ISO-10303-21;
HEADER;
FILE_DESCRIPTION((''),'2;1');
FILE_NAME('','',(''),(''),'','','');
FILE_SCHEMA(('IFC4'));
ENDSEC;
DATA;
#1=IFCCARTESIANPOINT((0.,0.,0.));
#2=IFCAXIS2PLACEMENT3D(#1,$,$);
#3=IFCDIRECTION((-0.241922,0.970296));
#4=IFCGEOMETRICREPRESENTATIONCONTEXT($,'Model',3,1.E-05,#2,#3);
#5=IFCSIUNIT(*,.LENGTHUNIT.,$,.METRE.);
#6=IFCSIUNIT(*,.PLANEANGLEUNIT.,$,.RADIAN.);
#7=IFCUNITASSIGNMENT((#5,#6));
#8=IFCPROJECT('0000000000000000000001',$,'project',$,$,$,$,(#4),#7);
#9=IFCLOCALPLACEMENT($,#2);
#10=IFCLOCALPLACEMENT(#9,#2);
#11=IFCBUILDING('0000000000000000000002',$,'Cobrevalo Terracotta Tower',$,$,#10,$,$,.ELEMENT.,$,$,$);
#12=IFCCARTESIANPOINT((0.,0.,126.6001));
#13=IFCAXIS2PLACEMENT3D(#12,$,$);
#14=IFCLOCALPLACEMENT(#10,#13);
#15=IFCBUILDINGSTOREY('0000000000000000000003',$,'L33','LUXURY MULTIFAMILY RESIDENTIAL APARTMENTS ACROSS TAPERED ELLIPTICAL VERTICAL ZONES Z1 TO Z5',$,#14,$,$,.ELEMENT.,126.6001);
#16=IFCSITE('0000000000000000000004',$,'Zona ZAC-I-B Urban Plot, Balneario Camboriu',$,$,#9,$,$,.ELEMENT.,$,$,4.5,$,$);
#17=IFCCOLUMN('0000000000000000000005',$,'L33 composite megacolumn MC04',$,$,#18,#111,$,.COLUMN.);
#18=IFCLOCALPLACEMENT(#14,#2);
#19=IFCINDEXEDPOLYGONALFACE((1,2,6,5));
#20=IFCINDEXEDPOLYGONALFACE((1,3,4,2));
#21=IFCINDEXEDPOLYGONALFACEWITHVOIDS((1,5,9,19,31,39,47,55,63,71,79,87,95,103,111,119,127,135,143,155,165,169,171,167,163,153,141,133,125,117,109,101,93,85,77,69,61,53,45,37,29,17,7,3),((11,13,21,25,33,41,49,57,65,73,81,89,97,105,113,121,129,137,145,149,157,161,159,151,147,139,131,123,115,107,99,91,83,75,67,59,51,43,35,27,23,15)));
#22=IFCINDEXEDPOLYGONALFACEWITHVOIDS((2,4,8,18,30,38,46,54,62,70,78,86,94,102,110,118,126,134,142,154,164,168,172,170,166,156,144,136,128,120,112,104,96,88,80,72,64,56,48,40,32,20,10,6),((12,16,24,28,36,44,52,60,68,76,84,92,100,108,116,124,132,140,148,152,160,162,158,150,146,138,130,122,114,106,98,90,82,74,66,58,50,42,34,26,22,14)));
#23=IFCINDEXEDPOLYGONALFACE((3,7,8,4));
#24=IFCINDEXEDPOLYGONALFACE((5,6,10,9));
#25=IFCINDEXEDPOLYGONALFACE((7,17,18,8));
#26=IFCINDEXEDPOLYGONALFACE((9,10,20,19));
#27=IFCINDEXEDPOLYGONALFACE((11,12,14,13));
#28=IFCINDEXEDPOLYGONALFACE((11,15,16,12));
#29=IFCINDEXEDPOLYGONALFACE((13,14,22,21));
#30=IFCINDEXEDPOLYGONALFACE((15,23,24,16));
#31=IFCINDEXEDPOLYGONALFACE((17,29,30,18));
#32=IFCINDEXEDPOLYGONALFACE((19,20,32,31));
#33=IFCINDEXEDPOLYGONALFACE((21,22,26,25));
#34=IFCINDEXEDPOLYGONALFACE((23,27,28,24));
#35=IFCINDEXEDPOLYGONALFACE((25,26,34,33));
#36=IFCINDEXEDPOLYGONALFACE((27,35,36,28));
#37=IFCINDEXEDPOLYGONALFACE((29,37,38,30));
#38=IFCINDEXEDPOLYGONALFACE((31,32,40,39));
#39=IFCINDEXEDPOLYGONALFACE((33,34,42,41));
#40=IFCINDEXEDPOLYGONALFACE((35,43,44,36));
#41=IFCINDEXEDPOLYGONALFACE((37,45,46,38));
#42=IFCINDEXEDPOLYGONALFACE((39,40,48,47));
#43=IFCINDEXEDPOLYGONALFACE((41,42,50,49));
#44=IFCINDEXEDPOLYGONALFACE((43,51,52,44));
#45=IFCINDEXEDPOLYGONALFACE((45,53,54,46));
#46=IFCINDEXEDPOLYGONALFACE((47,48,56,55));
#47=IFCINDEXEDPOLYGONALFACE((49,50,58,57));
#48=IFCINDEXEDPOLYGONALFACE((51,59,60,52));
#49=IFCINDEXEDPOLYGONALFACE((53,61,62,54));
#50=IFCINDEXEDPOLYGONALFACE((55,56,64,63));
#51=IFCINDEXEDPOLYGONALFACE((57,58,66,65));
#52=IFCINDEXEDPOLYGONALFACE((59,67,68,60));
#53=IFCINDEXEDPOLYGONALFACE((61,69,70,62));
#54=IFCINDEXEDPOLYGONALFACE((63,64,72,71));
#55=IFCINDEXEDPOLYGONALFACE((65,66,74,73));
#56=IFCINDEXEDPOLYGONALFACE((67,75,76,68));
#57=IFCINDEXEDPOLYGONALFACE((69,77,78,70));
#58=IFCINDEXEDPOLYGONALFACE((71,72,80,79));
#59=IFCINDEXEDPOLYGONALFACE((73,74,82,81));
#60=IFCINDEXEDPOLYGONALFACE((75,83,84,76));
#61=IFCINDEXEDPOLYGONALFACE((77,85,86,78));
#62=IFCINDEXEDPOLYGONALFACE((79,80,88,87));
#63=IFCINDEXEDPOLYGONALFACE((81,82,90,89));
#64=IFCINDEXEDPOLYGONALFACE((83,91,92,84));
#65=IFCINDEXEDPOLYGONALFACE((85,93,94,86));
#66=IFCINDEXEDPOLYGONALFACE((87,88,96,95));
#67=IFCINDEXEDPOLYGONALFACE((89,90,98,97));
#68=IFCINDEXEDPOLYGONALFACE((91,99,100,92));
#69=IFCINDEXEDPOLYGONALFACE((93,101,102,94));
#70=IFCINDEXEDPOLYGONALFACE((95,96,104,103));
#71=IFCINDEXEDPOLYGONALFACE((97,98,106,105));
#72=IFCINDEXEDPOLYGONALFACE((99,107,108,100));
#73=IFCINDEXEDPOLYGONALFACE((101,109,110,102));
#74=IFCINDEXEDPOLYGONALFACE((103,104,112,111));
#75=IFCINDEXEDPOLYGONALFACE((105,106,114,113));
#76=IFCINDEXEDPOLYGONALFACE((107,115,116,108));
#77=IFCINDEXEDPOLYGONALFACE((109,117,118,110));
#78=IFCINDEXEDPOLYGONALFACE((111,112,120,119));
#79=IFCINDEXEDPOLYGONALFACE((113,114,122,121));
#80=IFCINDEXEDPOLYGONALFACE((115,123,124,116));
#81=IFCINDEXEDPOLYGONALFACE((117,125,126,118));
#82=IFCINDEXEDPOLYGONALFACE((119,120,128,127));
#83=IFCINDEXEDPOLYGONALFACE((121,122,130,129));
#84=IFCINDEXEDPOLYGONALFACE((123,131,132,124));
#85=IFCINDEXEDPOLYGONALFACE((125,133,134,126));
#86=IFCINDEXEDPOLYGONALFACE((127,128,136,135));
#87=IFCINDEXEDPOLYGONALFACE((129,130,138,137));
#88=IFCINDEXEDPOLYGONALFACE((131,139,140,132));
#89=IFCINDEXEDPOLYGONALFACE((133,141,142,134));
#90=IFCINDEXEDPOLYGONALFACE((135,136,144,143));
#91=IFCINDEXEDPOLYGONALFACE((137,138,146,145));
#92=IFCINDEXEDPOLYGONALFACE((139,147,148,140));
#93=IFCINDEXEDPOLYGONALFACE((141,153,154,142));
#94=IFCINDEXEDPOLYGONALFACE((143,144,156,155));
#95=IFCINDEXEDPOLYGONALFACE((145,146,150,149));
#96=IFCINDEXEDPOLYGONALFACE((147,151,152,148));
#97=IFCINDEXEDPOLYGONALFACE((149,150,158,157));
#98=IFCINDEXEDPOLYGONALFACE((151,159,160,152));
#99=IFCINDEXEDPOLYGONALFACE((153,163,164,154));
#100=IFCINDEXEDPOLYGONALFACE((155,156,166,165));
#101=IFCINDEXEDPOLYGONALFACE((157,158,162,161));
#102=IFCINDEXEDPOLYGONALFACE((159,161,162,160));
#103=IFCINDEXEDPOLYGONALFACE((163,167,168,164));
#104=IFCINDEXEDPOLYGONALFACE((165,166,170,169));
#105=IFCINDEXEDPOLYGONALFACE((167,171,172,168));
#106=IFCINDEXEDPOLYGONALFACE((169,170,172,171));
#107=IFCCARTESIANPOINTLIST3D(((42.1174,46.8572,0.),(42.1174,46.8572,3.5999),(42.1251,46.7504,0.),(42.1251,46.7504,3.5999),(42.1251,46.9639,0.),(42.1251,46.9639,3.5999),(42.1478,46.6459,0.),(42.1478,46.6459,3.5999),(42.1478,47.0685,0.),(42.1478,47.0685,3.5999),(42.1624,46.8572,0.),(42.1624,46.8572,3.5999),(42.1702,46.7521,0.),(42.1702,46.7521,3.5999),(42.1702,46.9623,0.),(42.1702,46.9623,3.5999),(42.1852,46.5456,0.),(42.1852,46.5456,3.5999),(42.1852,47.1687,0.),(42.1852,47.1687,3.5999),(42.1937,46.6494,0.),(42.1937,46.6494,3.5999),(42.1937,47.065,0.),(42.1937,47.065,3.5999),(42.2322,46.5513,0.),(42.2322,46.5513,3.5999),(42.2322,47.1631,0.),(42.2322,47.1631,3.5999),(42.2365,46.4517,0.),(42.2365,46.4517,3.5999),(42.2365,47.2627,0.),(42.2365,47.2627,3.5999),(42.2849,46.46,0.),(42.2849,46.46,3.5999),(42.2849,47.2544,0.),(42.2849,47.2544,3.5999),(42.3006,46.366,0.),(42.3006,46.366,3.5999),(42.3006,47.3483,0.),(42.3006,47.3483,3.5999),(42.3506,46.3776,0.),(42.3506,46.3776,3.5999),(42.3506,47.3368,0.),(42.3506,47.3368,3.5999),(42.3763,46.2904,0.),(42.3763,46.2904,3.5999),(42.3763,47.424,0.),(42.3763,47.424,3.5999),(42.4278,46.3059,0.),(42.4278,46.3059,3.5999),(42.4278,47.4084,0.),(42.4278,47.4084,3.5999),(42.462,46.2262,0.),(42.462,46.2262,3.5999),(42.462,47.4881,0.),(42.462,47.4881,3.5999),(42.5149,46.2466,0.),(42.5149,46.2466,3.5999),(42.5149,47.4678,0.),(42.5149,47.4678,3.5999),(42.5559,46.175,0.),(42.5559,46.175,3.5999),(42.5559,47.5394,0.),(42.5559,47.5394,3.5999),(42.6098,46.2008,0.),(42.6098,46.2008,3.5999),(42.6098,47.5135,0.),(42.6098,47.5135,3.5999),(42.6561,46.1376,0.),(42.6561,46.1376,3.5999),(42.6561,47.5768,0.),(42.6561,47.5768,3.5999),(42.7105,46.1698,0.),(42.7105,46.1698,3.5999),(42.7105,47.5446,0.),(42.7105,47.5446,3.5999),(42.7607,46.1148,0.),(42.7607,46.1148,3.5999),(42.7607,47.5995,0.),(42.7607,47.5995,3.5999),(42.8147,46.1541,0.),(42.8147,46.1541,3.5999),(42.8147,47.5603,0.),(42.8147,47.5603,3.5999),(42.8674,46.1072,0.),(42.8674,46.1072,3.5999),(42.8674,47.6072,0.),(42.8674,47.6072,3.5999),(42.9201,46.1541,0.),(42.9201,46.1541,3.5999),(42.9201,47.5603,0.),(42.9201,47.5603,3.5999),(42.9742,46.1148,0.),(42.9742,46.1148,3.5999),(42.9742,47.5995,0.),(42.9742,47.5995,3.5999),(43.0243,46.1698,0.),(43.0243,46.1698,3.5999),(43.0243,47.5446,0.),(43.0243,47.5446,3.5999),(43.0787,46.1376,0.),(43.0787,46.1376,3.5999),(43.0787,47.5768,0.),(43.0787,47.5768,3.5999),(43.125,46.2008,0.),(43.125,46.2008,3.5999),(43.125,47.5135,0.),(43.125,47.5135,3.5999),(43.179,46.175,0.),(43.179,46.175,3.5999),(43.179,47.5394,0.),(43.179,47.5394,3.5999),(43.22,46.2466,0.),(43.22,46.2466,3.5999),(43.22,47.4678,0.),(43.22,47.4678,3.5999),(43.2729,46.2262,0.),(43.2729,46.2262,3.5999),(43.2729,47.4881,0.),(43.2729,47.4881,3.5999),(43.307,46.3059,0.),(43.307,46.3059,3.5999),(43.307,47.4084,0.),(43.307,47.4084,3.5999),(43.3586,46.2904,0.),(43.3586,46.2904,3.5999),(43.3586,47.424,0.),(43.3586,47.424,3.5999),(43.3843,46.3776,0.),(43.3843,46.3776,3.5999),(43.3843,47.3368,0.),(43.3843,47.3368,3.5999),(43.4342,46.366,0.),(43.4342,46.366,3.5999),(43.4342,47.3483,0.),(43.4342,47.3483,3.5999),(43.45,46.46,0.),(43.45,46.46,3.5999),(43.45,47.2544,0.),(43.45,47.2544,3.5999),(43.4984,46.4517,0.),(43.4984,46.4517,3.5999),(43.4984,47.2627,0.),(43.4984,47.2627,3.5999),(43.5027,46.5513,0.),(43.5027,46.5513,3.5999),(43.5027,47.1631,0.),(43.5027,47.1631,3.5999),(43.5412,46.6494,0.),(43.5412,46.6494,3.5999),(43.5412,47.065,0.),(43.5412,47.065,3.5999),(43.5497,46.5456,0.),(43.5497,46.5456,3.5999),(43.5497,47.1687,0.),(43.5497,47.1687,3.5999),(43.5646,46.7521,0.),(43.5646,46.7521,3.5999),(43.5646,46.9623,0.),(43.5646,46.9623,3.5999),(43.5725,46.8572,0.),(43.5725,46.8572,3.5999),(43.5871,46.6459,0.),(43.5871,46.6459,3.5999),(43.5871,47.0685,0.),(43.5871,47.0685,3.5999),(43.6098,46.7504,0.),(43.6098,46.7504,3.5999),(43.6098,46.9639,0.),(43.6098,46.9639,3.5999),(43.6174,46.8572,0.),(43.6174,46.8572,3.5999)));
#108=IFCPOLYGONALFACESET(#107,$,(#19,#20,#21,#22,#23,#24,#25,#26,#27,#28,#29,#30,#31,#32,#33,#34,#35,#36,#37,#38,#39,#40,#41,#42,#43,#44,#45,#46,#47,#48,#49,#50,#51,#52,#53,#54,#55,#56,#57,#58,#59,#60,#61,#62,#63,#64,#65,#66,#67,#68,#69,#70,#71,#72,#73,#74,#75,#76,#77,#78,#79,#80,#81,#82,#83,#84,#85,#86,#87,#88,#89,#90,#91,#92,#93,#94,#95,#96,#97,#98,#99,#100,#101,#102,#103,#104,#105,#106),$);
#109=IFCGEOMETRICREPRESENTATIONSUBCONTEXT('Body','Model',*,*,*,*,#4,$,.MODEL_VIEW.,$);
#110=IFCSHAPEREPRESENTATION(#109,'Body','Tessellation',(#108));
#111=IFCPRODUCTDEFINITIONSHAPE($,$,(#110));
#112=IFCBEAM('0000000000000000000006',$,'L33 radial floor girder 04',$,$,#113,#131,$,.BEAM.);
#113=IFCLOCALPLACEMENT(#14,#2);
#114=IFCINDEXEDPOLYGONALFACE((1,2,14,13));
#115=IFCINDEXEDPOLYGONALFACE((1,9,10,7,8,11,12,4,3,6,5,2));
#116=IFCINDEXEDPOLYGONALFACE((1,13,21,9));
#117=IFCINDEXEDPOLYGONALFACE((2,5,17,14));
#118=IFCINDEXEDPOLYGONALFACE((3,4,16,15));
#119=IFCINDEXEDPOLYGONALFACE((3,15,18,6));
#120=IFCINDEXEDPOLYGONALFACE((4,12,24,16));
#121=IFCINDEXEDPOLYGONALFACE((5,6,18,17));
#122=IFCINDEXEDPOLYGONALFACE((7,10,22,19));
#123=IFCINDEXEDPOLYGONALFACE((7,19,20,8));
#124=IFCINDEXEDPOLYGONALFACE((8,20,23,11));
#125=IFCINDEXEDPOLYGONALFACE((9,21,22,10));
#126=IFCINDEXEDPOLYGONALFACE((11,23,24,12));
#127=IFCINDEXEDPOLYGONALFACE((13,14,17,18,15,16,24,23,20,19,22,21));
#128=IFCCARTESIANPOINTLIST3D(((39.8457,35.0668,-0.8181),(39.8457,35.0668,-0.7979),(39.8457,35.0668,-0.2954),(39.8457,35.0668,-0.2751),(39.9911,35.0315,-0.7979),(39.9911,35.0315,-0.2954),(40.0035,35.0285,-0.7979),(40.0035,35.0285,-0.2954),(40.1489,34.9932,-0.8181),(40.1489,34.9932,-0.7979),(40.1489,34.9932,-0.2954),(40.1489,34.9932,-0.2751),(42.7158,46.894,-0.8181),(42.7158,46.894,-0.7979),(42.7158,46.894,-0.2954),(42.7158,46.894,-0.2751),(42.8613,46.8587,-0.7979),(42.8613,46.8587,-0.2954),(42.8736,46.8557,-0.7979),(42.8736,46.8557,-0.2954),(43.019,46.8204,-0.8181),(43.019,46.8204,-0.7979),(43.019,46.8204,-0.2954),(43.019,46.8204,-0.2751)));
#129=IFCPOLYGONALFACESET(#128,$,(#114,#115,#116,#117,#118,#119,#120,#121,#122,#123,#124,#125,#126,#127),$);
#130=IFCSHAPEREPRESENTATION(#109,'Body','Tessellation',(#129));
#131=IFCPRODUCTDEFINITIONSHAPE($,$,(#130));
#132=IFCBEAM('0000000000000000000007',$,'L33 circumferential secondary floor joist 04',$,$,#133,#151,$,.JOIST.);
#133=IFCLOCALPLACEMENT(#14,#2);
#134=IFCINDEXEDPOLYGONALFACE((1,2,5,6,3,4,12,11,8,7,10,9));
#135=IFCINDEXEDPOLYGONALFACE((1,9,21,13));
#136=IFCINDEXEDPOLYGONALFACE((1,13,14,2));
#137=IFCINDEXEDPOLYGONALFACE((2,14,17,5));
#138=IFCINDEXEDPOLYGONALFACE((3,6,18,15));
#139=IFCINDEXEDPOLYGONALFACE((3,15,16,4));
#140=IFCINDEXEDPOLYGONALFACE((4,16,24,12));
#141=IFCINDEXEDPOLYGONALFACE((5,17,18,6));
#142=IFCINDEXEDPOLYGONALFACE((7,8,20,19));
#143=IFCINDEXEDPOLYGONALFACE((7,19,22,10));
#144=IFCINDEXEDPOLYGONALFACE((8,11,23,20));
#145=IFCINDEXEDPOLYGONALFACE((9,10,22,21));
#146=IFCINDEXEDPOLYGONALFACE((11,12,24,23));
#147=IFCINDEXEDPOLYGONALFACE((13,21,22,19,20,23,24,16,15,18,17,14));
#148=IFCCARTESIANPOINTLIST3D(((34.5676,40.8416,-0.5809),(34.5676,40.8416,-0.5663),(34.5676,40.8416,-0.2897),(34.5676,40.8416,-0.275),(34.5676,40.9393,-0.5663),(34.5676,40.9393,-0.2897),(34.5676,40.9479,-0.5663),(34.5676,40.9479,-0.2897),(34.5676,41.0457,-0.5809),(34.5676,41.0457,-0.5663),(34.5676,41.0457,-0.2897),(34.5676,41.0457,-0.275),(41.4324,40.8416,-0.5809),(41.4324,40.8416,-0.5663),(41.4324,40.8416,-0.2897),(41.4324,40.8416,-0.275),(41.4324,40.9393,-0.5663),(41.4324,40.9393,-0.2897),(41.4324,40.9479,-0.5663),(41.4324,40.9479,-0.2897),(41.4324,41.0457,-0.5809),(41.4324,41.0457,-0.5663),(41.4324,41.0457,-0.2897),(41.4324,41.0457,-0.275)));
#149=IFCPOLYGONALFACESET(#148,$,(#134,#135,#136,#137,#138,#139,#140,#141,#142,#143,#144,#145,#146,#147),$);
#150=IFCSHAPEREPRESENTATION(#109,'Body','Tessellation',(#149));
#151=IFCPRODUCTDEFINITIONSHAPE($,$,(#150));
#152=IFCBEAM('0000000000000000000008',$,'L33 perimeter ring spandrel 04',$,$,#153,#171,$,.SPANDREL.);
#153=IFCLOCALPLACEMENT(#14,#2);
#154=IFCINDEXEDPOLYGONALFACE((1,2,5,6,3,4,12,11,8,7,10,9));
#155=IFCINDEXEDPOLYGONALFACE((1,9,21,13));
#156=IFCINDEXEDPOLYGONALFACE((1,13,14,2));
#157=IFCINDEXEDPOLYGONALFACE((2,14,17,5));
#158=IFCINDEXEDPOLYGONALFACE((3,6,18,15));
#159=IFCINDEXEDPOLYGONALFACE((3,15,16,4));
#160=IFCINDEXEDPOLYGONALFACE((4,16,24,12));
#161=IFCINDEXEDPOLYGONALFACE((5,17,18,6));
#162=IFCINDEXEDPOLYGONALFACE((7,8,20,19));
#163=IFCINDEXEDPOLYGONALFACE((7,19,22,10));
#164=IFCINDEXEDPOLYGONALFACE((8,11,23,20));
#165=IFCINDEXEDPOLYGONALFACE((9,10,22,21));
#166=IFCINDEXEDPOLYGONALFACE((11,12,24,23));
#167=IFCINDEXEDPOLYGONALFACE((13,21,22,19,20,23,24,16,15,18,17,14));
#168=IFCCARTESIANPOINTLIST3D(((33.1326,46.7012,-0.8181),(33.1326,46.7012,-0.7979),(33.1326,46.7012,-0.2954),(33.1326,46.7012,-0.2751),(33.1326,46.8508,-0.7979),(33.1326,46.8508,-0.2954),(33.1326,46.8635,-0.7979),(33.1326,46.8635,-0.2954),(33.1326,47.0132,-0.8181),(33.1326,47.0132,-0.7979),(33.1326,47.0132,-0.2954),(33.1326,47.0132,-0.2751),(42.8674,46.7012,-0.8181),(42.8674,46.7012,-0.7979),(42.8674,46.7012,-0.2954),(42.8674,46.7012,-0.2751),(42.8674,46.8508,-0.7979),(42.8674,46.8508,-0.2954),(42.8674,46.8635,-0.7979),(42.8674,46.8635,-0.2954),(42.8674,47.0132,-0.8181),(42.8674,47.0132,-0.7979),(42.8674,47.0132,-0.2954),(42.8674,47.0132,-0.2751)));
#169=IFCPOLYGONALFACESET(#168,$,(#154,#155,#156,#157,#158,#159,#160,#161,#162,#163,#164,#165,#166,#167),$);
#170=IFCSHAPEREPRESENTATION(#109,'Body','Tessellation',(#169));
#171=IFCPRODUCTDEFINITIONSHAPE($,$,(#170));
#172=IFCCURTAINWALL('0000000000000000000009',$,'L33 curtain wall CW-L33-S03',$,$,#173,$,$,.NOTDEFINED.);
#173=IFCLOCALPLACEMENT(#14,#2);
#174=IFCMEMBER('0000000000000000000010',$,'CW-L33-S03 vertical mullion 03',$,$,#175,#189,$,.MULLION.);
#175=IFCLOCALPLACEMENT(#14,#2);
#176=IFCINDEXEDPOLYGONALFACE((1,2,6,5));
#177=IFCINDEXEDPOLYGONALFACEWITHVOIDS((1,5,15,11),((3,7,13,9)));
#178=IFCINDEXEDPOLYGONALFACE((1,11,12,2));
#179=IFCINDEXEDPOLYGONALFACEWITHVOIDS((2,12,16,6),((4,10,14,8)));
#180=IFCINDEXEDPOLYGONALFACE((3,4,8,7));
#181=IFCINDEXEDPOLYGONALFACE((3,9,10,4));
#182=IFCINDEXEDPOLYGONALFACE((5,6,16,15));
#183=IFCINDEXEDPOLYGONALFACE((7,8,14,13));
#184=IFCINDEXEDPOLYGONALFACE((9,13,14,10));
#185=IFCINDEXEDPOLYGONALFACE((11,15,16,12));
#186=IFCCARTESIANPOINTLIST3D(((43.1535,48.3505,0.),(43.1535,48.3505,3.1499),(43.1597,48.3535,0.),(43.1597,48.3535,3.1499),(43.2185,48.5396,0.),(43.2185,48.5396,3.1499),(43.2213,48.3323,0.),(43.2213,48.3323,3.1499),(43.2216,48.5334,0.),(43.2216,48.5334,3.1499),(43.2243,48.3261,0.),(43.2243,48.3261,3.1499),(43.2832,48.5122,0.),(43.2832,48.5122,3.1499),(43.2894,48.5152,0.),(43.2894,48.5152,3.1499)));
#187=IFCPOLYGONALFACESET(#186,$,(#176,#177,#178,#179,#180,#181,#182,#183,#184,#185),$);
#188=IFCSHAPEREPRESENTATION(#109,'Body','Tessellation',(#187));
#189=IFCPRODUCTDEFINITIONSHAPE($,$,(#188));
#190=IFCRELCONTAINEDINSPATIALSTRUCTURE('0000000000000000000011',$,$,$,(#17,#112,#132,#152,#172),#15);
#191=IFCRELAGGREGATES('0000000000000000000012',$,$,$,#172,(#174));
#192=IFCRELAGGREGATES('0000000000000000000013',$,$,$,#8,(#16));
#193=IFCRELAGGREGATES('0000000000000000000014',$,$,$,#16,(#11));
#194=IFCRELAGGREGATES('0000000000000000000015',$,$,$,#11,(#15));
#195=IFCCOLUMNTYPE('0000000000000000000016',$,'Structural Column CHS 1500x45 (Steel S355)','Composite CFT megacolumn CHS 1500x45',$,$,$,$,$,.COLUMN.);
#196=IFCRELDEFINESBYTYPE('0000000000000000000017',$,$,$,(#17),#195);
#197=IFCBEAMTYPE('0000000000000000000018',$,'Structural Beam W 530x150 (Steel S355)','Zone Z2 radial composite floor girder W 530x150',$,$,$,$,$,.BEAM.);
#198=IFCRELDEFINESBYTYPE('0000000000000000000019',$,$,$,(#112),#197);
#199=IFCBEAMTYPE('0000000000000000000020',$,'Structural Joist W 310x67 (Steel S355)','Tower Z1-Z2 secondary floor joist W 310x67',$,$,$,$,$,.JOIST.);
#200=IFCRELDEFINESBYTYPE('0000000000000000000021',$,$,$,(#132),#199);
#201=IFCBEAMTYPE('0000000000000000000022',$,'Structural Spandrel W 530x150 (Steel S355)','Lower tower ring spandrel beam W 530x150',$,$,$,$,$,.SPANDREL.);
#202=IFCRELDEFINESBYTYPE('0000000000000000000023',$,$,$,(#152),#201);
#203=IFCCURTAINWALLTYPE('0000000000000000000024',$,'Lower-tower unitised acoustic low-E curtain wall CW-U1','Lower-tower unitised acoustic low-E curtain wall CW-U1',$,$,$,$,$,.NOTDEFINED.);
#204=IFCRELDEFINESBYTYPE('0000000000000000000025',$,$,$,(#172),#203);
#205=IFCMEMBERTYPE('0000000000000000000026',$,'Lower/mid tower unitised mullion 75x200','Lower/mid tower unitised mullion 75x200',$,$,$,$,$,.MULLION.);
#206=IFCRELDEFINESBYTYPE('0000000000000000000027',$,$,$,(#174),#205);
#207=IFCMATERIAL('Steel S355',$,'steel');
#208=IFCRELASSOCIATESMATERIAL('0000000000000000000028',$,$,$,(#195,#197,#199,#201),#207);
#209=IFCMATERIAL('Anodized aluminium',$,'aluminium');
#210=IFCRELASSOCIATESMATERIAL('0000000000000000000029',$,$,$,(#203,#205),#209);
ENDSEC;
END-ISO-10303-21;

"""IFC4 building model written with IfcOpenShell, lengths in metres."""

from ifc_helpers import new_model, si_unit, direction, frame, origin, origin_2d, place, context, subcontext, project, spatial, hollow_rectangle, hollow_circle, i_section, extrude, source, transform, mapped, material, material_profile, profile_set, type_object, element, aggregate, save


model = new_model("IFC4")

# Units and contexts
model_context = context("Model", 3, precision=1e-05, world=origin(), true_north=direction((-0.241922, 0.970296)))
body_context = subcontext(model_context, "Body", "Model", "MODEL_VIEW")
ifc_project = project(units=[si_unit("LENGTHUNIT", "METRE"), si_unit("PLANEANGLEUNIT", "RADIAN")], contexts=[model_context])

# Site, building, storey
site_placement = place(None, origin())
site = spatial("IfcSite", under=ifc_project, at=site_placement, Name="Zona ZAC-I-B Urban Plot, Balneario Camboriu", CompositionType="ELEMENT", RefElevation=4.5)
building_placement = place(site_placement, origin())
building = spatial("IfcBuilding", under=site, at=building_placement, Name="Cobrevalo Terracotta Tower", CompositionType="ELEMENT")
storey_placement = place(building_placement, frame((0.0, 0.0, 126.6001)))
storey = spatial("IfcBuildingStorey", under=building, at=storey_placement, Name="L33", Description="LUXURY MULTIFAMILY RESIDENTIAL APARTMENTS ACROSS TAPERED ELLIPTICAL VERTICAL ZONES Z1 TO Z5", CompositionType="ELEMENT", Elevation=126.6001)

# Column
ifc_material_1 = material(Name="Steel S355", Category="steel")
ifc_material_profile_1 = material_profile(ifc_material_1, hollow_circle(Radius=0.75, WallThickness=0.0449, at=origin_2d()), Name="CHS 1500x45")
ifc_profile_set_1 = profile_set([ifc_material_profile_1], Name="Steel S355")
column_type = type_object("IfcColumnType", Name="Structural Column CHS 1500x45 (Steel S355)", Description="Composite CFT megacolumn CHS 1500x45", PredefinedType="COLUMN", material=ifc_profile_set_1)
column_placement = place(storey_placement, frame((42.8674, 46.8572, 0.0), z_axis=(0.0, 0.0, 1.0), x_axis=(1.0, 0.0, 0.0)))
element("IfcColumn", 1, at=column_placement, inside=storey, type_object=column_type, Name="L33 composite megacolumn MC04", PredefinedType="COLUMN", context=body_context, shape_type="SweptSolid", body=[
    extrude(hollow_circle(Radius=0.75, WallThickness=0.0449, at=origin_2d()), origin(), (0.0, 0.0, 1.0), 3.5999),
])

# Beams
ifc_material_profile_2 = material_profile(ifc_material_1, i_section(OverallWidth=0.312, OverallDepth=0.543, WebThickness=0.0127, FlangeThickness=0.0203, at=origin_2d()), Name="W 530x150")
ifc_profile_set_2 = profile_set([ifc_material_profile_2], Name="Steel S355")
beam_type_1 = type_object("IfcBeamType", Name="Structural Beam W 530x150 (Steel S355)", Description="Zone Z2 radial composite floor girder W 530x150", PredefinedType="BEAM", material=ifc_profile_set_2)
beam_1_placement = place(storey_placement, frame((42.8674, 46.8572, -0.5466), z_axis=(-0.235827, -0.971795, 0.0), x_axis=(0.971795, -0.235827, 0.0)))
element("IfcBeam", 2, at=beam_1_placement, inside=storey, type_object=beam_type_1, Name="L33 radial floor girder 04", PredefinedType="BEAM", context=body_context, shape_type="SweptSolid", body=[
    extrude(i_section(OverallWidth=0.312, OverallDepth=0.543, WebThickness=0.0127, FlangeThickness=0.0203, at=origin_2d()), origin(), (0.0, 0.0, 1.0), 12.1704),
])
ifc_material_profile_3 = material_profile(ifc_material_1, i_section(OverallWidth=0.2041, OverallDepth=0.3059, WebThickness=0.0085, FlangeThickness=0.0146, at=origin_2d()), Name="W 310x67")
ifc_profile_set_3 = profile_set([ifc_material_profile_3], Name="Steel S355")
beam_type_2 = type_object("IfcBeamType", Name="Structural Joist W 310x67 (Steel S355)", Description="Tower Z1-Z2 secondary floor joist W 310x67", PredefinedType="JOIST", material=ifc_profile_set_3)
beam_2_placement = place(storey_placement, frame((41.4324, 40.9436, -0.428), z_axis=(-1.0, 0.0, 0.0), x_axis=(0.0, -1.0, 0.0)))
element("IfcBeam", 3, at=beam_2_placement, inside=storey, type_object=beam_type_2, Name="L33 circumferential secondary floor joist 04", PredefinedType="JOIST", context=body_context, shape_type="SweptSolid", body=[
    extrude(i_section(OverallWidth=0.2041, OverallDepth=0.3059, WebThickness=0.0085, FlangeThickness=0.0146, at=origin_2d()), origin(), (0.0, 0.0, 1.0), 6.8647),
])
ifc_material_profile_4 = material_profile(ifc_material_1, i_section(OverallWidth=0.312, OverallDepth=0.543, WebThickness=0.0127, FlangeThickness=0.0203, at=origin_2d()), Name="W 530x150")
ifc_profile_set_4 = profile_set([ifc_material_profile_4], Name="Steel S355")
beam_type_3 = type_object("IfcBeamType", Name="Structural Spandrel W 530x150 (Steel S355)", Description="Lower tower ring spandrel beam W 530x150", PredefinedType="SPANDREL", material=ifc_profile_set_4)
beam_3_placement = place(storey_placement, frame((42.8674, 46.8572, -0.5466), z_axis=(-1.0, 0.0, 0.0), x_axis=(0.0, -1.0, 0.0)))
element("IfcBeam", 4, at=beam_3_placement, inside=storey, type_object=beam_type_3, Name="L33 perimeter ring spandrel 04", PredefinedType="SPANDREL", context=body_context, shape_type="SweptSolid", body=[
    extrude(i_section(OverallWidth=0.312, OverallDepth=0.543, WebThickness=0.0127, FlangeThickness=0.0203, at=origin_2d()), origin(), (0.0, 0.0, 1.0), 9.7349),
])

# Curtain wall, member
ifc_material_2 = material(Name="Anodized aluminium", Category="aluminium")
curtain_wall_type = type_object("IfcCurtainWallType", Name="Lower-tower unitised acoustic low-E curtain wall CW-U1", Description="Lower-tower unitised acoustic low-E curtain wall CW-U1", PredefinedType="NOTDEFINED", material=ifc_material_2)
curtain_wall_1_placement = place(storey_placement, origin())
curtain_wall_1 = element("IfcCurtainWall", 5, at=curtain_wall_1_placement, inside=storey, type_object=curtain_wall_type, Name="L33 curtain wall CW-L33-S03", PredefinedType="NOTDEFINED")
ifc_material_profile_5 = material_profile(ifc_material_2, hollow_rectangle(XDim=0.075, YDim=0.2, WallThickness=0.0049, at=origin_2d()), Name="CWM 75x200")
ifc_profile_set_5 = profile_set([ifc_material_profile_5], Name="Anodized aluminium")
member_type_1 = type_object("IfcMemberType", Name="Lower/mid tower unitised mullion 75x200", Description="Lower/mid tower unitised mullion 75x200", PredefinedType="MULLION", material=ifc_profile_set_5)
shared_shape_1 = source(origin(), body_context, "Body", "SweptSolid", [
    extrude(hollow_rectangle(XDim=0.075, YDim=0.2, WallThickness=0.0049, at=origin_2d()), origin(), (0.0, 0.0, 1.0), 3.1499),
])
member_1_placement = place(storey_placement, frame((43.2214, 48.4329, 0.0), z_axis=(0.0, 0.0, 1.0), x_axis=(-0.945598, 0.325337, 0.0)))
member_1 = element("IfcMember", 6, at=member_1_placement, type_object=member_type_1, Name="CW-L33-S03 vertical mullion 03", PredefinedType="MULLION", context=body_context, shape_type="MappedRepresentation", body=[
    mapped(shared_shape_1, transform((0.0, 0.0, 0.0), scale=1.0)),
])

aggregate(curtain_wall_1, [member_1])

save(model, "model.ifc")
